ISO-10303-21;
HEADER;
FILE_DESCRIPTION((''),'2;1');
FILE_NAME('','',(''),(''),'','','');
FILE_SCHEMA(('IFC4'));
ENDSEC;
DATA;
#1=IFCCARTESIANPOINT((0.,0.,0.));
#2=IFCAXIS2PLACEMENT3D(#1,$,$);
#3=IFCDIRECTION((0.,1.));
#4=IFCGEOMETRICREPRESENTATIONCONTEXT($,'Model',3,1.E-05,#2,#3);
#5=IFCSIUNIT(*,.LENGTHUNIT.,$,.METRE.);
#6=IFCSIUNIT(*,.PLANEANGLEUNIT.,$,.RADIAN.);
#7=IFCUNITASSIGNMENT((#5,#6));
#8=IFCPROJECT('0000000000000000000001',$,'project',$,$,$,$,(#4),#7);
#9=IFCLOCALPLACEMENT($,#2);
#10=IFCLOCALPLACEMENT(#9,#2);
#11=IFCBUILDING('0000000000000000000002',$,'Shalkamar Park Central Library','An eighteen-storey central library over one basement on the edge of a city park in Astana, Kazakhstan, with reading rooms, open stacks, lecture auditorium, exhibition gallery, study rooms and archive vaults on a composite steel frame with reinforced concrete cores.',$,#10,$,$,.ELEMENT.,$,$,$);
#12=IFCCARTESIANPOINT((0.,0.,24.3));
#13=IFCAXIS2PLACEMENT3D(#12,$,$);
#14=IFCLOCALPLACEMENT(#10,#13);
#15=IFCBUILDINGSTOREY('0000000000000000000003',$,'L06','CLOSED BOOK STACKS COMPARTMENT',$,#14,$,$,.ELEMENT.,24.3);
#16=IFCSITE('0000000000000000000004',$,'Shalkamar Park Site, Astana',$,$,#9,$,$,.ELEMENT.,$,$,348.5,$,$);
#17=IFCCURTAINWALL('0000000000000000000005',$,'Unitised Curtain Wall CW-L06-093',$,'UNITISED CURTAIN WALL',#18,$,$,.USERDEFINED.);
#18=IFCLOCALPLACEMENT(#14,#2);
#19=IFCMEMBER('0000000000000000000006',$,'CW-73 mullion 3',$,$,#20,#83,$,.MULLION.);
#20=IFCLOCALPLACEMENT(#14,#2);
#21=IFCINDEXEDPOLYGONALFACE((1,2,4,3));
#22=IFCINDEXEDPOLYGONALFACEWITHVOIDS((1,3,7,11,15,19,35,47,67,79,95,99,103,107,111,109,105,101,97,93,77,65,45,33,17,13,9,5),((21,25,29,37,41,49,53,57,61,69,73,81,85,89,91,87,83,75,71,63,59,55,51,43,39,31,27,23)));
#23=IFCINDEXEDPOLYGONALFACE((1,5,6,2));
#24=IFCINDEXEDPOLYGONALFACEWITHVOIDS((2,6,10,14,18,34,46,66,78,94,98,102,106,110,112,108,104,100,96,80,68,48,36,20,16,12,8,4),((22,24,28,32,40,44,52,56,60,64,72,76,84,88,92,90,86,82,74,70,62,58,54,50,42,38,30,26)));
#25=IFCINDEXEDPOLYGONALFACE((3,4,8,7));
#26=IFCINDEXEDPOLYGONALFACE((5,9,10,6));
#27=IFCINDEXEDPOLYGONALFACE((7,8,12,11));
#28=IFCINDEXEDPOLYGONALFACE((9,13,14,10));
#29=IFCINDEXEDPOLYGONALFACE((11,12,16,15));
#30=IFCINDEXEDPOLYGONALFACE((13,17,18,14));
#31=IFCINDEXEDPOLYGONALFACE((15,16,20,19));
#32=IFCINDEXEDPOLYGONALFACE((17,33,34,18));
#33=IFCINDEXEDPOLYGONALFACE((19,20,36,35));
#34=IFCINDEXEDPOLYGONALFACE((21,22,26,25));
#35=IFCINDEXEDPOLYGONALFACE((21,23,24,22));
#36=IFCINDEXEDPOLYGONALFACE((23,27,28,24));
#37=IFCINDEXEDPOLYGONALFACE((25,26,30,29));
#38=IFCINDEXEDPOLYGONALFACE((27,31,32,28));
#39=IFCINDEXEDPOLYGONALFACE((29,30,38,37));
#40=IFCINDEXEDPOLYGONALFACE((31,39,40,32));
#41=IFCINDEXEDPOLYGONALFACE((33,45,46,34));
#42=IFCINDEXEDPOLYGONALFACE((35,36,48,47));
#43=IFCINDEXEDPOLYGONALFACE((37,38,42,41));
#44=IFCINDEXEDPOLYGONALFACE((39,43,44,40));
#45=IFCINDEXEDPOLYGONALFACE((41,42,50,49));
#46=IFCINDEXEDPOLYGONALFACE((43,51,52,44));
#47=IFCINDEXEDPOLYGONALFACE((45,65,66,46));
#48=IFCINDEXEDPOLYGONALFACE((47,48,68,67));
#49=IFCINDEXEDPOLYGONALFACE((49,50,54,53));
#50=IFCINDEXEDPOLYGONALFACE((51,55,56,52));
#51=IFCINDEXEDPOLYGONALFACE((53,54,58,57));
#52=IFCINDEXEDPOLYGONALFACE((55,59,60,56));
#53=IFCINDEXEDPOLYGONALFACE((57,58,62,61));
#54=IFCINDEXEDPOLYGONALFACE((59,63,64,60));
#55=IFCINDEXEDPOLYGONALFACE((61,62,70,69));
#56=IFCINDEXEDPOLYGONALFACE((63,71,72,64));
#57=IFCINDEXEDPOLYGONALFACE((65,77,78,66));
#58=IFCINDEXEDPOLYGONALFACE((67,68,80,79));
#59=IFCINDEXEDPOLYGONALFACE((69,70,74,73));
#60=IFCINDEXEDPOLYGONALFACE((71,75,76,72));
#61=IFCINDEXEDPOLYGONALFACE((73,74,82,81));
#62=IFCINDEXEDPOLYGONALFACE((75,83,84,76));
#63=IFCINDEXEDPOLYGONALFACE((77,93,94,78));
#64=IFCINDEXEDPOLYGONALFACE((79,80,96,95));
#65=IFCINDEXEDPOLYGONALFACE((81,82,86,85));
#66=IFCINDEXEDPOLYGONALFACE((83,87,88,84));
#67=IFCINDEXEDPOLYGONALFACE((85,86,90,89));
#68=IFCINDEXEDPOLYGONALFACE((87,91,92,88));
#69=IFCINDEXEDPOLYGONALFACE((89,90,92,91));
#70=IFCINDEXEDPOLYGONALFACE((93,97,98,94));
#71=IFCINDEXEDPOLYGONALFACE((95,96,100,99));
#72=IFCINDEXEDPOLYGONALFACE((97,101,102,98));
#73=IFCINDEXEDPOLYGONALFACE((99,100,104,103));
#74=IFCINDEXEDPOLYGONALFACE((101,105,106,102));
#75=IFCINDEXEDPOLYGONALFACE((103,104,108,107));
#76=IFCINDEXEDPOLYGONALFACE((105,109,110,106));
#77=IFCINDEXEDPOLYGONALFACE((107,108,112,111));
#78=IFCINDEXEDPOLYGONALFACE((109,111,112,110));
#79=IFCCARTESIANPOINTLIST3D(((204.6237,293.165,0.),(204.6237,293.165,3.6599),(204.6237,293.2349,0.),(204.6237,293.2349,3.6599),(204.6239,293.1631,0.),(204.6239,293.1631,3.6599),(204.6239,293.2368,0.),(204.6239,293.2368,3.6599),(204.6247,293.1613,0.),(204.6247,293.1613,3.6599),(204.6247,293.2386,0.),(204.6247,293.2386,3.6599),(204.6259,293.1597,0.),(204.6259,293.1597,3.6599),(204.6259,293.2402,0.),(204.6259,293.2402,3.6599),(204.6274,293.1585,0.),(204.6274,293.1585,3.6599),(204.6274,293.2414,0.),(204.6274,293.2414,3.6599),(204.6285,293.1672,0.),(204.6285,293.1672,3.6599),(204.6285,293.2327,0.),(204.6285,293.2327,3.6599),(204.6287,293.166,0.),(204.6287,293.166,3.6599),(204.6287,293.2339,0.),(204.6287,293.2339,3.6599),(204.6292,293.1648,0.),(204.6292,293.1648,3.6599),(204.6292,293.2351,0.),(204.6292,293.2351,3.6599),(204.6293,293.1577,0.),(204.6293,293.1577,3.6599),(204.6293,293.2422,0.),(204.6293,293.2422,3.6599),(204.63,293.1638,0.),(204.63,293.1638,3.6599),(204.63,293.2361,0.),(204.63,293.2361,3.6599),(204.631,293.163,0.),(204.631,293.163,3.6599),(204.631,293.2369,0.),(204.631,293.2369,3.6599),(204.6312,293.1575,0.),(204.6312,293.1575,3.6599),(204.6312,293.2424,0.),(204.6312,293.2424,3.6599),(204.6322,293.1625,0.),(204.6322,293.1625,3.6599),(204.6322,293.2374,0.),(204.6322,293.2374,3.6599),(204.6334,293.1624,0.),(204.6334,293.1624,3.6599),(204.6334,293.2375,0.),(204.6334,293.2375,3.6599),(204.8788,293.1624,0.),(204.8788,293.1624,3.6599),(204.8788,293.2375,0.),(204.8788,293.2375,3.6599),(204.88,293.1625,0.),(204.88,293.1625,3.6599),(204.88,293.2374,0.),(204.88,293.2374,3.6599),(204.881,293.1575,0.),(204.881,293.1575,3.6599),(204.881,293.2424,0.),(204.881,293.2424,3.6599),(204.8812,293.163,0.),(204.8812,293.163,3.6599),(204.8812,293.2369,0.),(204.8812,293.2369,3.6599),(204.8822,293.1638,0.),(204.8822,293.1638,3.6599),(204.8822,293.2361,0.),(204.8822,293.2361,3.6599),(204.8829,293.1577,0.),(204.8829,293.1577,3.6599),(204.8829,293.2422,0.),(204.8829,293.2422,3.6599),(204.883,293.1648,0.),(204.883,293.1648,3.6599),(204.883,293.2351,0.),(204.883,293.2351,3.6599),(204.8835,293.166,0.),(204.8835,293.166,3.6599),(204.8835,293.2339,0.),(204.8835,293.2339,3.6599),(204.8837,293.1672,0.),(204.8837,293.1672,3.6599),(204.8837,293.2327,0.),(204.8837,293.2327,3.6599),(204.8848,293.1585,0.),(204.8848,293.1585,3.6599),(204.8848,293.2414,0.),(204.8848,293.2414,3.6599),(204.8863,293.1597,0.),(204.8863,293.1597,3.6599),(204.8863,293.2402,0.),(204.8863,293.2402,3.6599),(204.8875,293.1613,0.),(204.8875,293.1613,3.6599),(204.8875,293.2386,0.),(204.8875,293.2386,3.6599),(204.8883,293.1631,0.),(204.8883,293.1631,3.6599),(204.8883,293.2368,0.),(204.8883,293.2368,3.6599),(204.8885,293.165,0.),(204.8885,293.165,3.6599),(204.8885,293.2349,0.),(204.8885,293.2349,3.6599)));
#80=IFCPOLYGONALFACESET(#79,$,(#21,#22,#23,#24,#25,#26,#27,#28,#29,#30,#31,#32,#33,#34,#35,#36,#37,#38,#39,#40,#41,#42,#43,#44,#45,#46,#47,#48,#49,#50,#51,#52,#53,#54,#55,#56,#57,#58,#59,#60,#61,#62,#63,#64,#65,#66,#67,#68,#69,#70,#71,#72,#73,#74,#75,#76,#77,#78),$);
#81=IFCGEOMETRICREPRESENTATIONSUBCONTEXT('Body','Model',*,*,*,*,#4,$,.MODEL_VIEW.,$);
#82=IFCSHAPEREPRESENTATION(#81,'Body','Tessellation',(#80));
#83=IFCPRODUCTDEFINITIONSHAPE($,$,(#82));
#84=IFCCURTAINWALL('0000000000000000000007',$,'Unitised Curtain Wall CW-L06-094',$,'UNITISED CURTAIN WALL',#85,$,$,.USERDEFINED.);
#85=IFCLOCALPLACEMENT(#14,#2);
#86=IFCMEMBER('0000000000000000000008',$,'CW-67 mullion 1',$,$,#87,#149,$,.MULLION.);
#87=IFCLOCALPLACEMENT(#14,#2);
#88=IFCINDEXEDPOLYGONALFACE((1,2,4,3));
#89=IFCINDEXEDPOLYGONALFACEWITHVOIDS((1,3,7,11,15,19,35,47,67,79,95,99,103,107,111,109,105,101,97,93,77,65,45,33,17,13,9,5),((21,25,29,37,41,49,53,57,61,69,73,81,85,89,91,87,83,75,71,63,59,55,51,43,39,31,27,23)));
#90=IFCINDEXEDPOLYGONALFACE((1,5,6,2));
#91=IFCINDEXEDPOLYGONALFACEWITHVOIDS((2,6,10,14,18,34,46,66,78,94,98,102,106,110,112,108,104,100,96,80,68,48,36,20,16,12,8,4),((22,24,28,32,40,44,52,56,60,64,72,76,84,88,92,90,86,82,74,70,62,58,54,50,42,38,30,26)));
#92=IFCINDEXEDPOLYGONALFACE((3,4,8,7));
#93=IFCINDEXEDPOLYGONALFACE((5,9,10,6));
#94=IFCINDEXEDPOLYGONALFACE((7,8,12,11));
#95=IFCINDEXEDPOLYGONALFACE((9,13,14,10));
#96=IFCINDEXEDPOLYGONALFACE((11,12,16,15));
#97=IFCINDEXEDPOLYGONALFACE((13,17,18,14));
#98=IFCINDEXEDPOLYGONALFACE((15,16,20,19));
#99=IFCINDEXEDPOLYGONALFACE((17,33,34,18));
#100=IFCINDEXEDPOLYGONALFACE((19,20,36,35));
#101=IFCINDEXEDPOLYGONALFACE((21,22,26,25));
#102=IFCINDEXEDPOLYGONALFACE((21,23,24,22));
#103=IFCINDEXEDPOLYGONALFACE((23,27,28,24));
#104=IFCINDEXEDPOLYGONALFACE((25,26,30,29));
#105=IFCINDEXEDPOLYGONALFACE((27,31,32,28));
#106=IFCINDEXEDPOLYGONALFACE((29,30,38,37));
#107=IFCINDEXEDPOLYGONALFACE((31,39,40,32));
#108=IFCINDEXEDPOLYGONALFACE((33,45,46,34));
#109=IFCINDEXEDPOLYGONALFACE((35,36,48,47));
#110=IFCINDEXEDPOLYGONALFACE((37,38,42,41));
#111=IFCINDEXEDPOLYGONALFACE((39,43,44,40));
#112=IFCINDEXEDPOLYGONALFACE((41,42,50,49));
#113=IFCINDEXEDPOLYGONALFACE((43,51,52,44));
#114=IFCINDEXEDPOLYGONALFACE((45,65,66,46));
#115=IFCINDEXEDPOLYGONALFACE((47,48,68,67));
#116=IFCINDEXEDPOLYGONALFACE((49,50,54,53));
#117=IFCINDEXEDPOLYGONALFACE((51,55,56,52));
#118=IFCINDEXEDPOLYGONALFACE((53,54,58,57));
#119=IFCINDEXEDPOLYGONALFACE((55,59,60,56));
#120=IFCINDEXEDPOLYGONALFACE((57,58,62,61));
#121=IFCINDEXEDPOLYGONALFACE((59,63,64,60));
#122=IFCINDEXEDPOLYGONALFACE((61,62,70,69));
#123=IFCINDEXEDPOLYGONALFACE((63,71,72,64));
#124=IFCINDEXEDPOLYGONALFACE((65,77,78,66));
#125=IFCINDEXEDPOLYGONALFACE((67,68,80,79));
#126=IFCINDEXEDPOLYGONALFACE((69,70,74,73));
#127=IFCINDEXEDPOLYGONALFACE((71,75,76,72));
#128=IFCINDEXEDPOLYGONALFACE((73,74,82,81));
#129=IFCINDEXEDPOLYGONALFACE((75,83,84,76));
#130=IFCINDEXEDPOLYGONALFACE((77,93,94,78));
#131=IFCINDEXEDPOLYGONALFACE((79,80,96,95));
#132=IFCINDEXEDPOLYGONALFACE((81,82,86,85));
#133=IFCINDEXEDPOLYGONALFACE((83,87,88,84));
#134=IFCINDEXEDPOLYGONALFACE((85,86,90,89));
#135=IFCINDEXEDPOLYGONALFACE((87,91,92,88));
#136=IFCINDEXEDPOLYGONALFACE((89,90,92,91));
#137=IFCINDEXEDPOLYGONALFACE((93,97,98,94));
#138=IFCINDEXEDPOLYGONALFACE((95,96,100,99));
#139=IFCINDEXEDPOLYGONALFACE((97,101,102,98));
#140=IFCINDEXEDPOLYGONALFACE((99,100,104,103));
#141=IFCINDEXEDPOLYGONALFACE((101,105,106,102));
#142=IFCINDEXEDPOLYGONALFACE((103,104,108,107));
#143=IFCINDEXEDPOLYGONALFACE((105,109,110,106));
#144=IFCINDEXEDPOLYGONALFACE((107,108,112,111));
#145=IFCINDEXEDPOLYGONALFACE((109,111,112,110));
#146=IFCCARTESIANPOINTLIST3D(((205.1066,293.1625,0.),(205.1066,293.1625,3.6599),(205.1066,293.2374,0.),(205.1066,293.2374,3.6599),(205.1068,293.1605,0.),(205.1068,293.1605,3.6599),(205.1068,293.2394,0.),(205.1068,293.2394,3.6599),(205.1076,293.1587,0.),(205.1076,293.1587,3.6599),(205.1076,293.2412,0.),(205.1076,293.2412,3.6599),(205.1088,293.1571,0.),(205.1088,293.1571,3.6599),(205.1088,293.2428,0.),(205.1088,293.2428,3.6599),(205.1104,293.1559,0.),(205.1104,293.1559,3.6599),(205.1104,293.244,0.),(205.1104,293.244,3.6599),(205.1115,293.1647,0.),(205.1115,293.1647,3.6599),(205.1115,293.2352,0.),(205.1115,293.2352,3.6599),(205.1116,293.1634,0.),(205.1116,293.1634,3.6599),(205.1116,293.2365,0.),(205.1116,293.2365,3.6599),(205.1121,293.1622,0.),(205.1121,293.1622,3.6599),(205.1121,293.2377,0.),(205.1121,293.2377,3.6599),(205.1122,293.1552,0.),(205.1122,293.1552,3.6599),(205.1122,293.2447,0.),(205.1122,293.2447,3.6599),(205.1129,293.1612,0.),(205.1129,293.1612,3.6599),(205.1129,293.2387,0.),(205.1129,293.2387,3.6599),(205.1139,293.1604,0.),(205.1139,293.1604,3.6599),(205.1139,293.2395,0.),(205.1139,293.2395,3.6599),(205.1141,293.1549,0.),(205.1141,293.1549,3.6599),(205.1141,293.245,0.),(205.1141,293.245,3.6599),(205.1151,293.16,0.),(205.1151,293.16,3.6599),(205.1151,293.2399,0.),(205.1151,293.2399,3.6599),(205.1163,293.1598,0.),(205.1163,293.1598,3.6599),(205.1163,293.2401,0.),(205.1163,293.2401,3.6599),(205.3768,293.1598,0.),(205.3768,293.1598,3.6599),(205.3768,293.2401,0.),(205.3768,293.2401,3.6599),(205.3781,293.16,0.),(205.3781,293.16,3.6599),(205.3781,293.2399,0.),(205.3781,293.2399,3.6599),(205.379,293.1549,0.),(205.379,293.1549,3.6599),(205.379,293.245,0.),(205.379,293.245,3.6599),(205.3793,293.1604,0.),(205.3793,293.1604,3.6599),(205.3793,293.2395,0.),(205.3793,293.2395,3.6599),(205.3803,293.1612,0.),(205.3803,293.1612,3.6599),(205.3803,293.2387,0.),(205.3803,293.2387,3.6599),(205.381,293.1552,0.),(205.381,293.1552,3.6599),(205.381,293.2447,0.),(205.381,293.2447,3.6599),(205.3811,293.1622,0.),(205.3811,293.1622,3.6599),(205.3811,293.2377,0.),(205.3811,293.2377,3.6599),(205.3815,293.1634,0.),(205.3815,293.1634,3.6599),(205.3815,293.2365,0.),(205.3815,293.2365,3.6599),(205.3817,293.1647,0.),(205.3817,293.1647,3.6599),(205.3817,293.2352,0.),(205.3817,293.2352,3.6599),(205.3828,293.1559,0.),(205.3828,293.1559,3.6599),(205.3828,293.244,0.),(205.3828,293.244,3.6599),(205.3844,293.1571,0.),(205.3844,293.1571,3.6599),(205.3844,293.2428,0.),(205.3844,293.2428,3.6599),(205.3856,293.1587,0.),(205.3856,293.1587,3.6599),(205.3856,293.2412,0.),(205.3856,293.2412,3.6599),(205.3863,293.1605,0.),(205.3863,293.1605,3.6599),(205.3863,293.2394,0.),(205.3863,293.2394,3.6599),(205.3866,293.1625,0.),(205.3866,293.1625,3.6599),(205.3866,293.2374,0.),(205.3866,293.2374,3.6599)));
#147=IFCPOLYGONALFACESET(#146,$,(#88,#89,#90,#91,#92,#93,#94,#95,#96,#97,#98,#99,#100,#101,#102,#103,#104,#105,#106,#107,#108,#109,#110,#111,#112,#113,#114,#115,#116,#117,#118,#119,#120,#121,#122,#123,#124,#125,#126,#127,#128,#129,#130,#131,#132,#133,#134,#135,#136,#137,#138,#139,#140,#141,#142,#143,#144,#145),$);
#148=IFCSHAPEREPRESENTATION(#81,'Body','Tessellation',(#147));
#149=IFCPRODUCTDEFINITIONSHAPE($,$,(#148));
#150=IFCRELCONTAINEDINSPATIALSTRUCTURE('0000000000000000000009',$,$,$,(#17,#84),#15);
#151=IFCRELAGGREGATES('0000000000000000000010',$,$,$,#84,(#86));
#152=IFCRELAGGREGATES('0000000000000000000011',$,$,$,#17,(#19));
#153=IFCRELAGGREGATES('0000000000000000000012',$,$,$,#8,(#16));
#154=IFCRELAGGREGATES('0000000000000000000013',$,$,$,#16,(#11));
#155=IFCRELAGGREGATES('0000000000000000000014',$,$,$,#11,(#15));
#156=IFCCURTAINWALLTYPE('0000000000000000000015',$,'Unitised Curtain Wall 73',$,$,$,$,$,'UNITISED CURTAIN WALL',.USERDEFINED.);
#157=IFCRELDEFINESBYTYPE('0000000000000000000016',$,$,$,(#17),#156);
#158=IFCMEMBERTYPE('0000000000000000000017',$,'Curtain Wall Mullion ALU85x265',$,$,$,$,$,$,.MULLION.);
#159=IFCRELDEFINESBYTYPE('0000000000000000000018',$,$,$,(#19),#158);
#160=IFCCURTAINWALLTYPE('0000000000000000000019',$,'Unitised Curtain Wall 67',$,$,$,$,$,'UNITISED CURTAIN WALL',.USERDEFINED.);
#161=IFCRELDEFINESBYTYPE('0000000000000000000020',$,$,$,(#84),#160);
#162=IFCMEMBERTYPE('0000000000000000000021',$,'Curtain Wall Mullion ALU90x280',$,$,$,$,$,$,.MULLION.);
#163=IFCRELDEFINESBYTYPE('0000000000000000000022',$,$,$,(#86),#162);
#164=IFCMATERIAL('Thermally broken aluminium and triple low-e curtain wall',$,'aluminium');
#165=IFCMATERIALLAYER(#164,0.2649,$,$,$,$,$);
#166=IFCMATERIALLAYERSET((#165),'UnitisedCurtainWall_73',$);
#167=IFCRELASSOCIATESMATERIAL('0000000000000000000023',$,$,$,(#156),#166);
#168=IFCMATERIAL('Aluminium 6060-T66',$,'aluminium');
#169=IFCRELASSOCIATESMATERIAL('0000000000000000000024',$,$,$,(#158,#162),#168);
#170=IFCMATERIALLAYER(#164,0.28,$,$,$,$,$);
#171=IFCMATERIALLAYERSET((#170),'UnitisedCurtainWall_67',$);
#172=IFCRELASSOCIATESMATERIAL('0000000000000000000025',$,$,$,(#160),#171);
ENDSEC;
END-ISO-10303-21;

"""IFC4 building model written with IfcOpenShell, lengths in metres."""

from ifc_helpers import new_model, si_unit, direction, frame, origin, origin_2d, place, context, subcontext, project, spatial, hollow_rectangle, extrude, material, layer, layer_set, material_profile, profile_set, type_object, element, aggregate, save


model = new_model("IFC4")

# Units and contexts
model_context = context("Model", 3, precision=1e-05, world=origin(), true_north=direction((0.0, 1.0)))
body_context = subcontext(model_context, "Body", "Model", "MODEL_VIEW")
ifc_project = project(units=[si_unit("LENGTHUNIT", "METRE"), si_unit("PLANEANGLEUNIT", "RADIAN")], contexts=[model_context])

# Site, building, storey
site_placement = place(None, origin())
site = spatial("IfcSite", under=ifc_project, at=site_placement, Name="Shalkamar Park Site, Astana", CompositionType="ELEMENT", RefElevation=348.5)
building_placement = place(site_placement, origin())
building = spatial("IfcBuilding", under=site, at=building_placement, Name="Shalkamar Park Central Library", Description="An eighteen-storey central library over one basement on the edge of a city park in Astana, Kazakhstan, with reading rooms, open stacks, lecture auditorium, exhibition gallery, study rooms and archive vaults on a composite steel frame with reinforced concrete cores.", CompositionType="ELEMENT")
storey_placement = place(building_placement, frame((0.0, 0.0, 24.3)))
storey = spatial("IfcBuildingStorey", under=building, at=storey_placement, Name="L06", Description="CLOSED BOOK STACKS COMPARTMENT", CompositionType="ELEMENT", Elevation=24.3)

# Shared definitions
ifc_material_1 = material(Name="Thermally broken aluminium and triple low-e curtain wall", Category="aluminium")
ifc_material_2 = material(Name="Aluminium 6060-T66", Category="aluminium")

# Curtain wall, member
ifc_layer_1 = layer(ifc_material_1, 0.2649)
ifc_layer_set_1 = layer_set([ifc_layer_1], Name="UnitisedCurtainWall_73")
curtain_wall_type_1 = type_object("IfcCurtainWallType", Name="Unitised Curtain Wall 73", ElementType="UNITISED CURTAIN WALL", PredefinedType="USERDEFINED", material=ifc_layer_set_1)
curtain_wall_1_placement = place(storey_placement, origin())
curtain_wall_1 = element("IfcCurtainWall", 1, at=curtain_wall_1_placement, inside=storey, type_object=curtain_wall_type_1, Name="Unitised Curtain Wall CW-L06-093", ObjectType="UNITISED CURTAIN WALL", PredefinedType="USERDEFINED")
ifc_material_profile_1 = material_profile(ifc_material_2, hollow_rectangle(XDim=0.085, YDim=0.2649, WallThickness=0.0049, InnerFilletRadius=0.0049, OuterFilletRadius=0.0076, at=origin_2d()), Name="ALU 85x265x5")
ifc_profile_set_1 = profile_set([ifc_material_profile_1], Name="Aluminium 6060-T66")
member_type_1 = type_object("IfcMemberType", Name="Curtain Wall Mullion ALU85x265", PredefinedType="MULLION", material=ifc_profile_set_1)
member_1_placement = place(storey_placement, frame((204.7561, 293.2, 0.0), z_axis=(0.0, 0.0, 1.0), x_axis=(0.0, 1.0, 0.0)))
member_1 = element("IfcMember", 2, at=member_1_placement, type_object=member_type_1, Name="CW-73 mullion 3", PredefinedType="MULLION", context=body_context, shape_type="SweptSolid", body=[
    extrude(hollow_rectangle(XDim=0.085, YDim=0.2649, WallThickness=0.0049, InnerFilletRadius=0.0049, OuterFilletRadius=0.0076, at=origin_2d()), origin(), (0.0, 0.0, 1.0), 3.6599),
])

# Curtain wall, member
ifc_layer_2 = layer(ifc_material_1, 0.28)
ifc_layer_set_2 = layer_set([ifc_layer_2], Name="UnitisedCurtainWall_67")
curtain_wall_type_2 = type_object("IfcCurtainWallType", Name="Unitised Curtain Wall 67", ElementType="UNITISED CURTAIN WALL", PredefinedType="USERDEFINED", material=ifc_layer_set_2)
curtain_wall_2_placement = place(storey_placement, origin())
curtain_wall_2 = element("IfcCurtainWall", 3, at=curtain_wall_2_placement, inside=storey, type_object=curtain_wall_type_2, Name="Unitised Curtain Wall CW-L06-094", ObjectType="UNITISED CURTAIN WALL", PredefinedType="USERDEFINED")
ifc_material_profile_2 = material_profile(ifc_material_2, hollow_rectangle(XDim=0.0901, YDim=0.28, WallThickness=0.0049, InnerFilletRadius=0.0049, OuterFilletRadius=0.0076, at=origin_2d()), Name="ALU 90x280x5")
ifc_profile_set_2 = profile_set([ifc_material_profile_2], Name="Aluminium 6060-T66")
member_type_2 = type_object("IfcMemberType", Name="Curtain Wall Mullion ALU90x280", PredefinedType="MULLION", material=ifc_profile_set_2)
member_2_placement = place(storey_placement, frame((205.2466, 293.2, 0.0), z_axis=(0.0, 0.0, 1.0), x_axis=(0.0, 1.0, 0.0)))
member_2 = element("IfcMember", 4, at=member_2_placement, type_object=member_type_2, Name="CW-67 mullion 1", PredefinedType="MULLION", context=body_context, shape_type="SweptSolid", body=[
    extrude(hollow_rectangle(XDim=0.0901, YDim=0.28, WallThickness=0.0049, InnerFilletRadius=0.0049, OuterFilletRadius=0.0076, at=origin_2d()), origin(), (0.0, 0.0, 1.0), 3.6599),
])

aggregate(curtain_wall_2, [member_2])

aggregate(curtain_wall_1, [member_1])

save(model, "model.ifc")
